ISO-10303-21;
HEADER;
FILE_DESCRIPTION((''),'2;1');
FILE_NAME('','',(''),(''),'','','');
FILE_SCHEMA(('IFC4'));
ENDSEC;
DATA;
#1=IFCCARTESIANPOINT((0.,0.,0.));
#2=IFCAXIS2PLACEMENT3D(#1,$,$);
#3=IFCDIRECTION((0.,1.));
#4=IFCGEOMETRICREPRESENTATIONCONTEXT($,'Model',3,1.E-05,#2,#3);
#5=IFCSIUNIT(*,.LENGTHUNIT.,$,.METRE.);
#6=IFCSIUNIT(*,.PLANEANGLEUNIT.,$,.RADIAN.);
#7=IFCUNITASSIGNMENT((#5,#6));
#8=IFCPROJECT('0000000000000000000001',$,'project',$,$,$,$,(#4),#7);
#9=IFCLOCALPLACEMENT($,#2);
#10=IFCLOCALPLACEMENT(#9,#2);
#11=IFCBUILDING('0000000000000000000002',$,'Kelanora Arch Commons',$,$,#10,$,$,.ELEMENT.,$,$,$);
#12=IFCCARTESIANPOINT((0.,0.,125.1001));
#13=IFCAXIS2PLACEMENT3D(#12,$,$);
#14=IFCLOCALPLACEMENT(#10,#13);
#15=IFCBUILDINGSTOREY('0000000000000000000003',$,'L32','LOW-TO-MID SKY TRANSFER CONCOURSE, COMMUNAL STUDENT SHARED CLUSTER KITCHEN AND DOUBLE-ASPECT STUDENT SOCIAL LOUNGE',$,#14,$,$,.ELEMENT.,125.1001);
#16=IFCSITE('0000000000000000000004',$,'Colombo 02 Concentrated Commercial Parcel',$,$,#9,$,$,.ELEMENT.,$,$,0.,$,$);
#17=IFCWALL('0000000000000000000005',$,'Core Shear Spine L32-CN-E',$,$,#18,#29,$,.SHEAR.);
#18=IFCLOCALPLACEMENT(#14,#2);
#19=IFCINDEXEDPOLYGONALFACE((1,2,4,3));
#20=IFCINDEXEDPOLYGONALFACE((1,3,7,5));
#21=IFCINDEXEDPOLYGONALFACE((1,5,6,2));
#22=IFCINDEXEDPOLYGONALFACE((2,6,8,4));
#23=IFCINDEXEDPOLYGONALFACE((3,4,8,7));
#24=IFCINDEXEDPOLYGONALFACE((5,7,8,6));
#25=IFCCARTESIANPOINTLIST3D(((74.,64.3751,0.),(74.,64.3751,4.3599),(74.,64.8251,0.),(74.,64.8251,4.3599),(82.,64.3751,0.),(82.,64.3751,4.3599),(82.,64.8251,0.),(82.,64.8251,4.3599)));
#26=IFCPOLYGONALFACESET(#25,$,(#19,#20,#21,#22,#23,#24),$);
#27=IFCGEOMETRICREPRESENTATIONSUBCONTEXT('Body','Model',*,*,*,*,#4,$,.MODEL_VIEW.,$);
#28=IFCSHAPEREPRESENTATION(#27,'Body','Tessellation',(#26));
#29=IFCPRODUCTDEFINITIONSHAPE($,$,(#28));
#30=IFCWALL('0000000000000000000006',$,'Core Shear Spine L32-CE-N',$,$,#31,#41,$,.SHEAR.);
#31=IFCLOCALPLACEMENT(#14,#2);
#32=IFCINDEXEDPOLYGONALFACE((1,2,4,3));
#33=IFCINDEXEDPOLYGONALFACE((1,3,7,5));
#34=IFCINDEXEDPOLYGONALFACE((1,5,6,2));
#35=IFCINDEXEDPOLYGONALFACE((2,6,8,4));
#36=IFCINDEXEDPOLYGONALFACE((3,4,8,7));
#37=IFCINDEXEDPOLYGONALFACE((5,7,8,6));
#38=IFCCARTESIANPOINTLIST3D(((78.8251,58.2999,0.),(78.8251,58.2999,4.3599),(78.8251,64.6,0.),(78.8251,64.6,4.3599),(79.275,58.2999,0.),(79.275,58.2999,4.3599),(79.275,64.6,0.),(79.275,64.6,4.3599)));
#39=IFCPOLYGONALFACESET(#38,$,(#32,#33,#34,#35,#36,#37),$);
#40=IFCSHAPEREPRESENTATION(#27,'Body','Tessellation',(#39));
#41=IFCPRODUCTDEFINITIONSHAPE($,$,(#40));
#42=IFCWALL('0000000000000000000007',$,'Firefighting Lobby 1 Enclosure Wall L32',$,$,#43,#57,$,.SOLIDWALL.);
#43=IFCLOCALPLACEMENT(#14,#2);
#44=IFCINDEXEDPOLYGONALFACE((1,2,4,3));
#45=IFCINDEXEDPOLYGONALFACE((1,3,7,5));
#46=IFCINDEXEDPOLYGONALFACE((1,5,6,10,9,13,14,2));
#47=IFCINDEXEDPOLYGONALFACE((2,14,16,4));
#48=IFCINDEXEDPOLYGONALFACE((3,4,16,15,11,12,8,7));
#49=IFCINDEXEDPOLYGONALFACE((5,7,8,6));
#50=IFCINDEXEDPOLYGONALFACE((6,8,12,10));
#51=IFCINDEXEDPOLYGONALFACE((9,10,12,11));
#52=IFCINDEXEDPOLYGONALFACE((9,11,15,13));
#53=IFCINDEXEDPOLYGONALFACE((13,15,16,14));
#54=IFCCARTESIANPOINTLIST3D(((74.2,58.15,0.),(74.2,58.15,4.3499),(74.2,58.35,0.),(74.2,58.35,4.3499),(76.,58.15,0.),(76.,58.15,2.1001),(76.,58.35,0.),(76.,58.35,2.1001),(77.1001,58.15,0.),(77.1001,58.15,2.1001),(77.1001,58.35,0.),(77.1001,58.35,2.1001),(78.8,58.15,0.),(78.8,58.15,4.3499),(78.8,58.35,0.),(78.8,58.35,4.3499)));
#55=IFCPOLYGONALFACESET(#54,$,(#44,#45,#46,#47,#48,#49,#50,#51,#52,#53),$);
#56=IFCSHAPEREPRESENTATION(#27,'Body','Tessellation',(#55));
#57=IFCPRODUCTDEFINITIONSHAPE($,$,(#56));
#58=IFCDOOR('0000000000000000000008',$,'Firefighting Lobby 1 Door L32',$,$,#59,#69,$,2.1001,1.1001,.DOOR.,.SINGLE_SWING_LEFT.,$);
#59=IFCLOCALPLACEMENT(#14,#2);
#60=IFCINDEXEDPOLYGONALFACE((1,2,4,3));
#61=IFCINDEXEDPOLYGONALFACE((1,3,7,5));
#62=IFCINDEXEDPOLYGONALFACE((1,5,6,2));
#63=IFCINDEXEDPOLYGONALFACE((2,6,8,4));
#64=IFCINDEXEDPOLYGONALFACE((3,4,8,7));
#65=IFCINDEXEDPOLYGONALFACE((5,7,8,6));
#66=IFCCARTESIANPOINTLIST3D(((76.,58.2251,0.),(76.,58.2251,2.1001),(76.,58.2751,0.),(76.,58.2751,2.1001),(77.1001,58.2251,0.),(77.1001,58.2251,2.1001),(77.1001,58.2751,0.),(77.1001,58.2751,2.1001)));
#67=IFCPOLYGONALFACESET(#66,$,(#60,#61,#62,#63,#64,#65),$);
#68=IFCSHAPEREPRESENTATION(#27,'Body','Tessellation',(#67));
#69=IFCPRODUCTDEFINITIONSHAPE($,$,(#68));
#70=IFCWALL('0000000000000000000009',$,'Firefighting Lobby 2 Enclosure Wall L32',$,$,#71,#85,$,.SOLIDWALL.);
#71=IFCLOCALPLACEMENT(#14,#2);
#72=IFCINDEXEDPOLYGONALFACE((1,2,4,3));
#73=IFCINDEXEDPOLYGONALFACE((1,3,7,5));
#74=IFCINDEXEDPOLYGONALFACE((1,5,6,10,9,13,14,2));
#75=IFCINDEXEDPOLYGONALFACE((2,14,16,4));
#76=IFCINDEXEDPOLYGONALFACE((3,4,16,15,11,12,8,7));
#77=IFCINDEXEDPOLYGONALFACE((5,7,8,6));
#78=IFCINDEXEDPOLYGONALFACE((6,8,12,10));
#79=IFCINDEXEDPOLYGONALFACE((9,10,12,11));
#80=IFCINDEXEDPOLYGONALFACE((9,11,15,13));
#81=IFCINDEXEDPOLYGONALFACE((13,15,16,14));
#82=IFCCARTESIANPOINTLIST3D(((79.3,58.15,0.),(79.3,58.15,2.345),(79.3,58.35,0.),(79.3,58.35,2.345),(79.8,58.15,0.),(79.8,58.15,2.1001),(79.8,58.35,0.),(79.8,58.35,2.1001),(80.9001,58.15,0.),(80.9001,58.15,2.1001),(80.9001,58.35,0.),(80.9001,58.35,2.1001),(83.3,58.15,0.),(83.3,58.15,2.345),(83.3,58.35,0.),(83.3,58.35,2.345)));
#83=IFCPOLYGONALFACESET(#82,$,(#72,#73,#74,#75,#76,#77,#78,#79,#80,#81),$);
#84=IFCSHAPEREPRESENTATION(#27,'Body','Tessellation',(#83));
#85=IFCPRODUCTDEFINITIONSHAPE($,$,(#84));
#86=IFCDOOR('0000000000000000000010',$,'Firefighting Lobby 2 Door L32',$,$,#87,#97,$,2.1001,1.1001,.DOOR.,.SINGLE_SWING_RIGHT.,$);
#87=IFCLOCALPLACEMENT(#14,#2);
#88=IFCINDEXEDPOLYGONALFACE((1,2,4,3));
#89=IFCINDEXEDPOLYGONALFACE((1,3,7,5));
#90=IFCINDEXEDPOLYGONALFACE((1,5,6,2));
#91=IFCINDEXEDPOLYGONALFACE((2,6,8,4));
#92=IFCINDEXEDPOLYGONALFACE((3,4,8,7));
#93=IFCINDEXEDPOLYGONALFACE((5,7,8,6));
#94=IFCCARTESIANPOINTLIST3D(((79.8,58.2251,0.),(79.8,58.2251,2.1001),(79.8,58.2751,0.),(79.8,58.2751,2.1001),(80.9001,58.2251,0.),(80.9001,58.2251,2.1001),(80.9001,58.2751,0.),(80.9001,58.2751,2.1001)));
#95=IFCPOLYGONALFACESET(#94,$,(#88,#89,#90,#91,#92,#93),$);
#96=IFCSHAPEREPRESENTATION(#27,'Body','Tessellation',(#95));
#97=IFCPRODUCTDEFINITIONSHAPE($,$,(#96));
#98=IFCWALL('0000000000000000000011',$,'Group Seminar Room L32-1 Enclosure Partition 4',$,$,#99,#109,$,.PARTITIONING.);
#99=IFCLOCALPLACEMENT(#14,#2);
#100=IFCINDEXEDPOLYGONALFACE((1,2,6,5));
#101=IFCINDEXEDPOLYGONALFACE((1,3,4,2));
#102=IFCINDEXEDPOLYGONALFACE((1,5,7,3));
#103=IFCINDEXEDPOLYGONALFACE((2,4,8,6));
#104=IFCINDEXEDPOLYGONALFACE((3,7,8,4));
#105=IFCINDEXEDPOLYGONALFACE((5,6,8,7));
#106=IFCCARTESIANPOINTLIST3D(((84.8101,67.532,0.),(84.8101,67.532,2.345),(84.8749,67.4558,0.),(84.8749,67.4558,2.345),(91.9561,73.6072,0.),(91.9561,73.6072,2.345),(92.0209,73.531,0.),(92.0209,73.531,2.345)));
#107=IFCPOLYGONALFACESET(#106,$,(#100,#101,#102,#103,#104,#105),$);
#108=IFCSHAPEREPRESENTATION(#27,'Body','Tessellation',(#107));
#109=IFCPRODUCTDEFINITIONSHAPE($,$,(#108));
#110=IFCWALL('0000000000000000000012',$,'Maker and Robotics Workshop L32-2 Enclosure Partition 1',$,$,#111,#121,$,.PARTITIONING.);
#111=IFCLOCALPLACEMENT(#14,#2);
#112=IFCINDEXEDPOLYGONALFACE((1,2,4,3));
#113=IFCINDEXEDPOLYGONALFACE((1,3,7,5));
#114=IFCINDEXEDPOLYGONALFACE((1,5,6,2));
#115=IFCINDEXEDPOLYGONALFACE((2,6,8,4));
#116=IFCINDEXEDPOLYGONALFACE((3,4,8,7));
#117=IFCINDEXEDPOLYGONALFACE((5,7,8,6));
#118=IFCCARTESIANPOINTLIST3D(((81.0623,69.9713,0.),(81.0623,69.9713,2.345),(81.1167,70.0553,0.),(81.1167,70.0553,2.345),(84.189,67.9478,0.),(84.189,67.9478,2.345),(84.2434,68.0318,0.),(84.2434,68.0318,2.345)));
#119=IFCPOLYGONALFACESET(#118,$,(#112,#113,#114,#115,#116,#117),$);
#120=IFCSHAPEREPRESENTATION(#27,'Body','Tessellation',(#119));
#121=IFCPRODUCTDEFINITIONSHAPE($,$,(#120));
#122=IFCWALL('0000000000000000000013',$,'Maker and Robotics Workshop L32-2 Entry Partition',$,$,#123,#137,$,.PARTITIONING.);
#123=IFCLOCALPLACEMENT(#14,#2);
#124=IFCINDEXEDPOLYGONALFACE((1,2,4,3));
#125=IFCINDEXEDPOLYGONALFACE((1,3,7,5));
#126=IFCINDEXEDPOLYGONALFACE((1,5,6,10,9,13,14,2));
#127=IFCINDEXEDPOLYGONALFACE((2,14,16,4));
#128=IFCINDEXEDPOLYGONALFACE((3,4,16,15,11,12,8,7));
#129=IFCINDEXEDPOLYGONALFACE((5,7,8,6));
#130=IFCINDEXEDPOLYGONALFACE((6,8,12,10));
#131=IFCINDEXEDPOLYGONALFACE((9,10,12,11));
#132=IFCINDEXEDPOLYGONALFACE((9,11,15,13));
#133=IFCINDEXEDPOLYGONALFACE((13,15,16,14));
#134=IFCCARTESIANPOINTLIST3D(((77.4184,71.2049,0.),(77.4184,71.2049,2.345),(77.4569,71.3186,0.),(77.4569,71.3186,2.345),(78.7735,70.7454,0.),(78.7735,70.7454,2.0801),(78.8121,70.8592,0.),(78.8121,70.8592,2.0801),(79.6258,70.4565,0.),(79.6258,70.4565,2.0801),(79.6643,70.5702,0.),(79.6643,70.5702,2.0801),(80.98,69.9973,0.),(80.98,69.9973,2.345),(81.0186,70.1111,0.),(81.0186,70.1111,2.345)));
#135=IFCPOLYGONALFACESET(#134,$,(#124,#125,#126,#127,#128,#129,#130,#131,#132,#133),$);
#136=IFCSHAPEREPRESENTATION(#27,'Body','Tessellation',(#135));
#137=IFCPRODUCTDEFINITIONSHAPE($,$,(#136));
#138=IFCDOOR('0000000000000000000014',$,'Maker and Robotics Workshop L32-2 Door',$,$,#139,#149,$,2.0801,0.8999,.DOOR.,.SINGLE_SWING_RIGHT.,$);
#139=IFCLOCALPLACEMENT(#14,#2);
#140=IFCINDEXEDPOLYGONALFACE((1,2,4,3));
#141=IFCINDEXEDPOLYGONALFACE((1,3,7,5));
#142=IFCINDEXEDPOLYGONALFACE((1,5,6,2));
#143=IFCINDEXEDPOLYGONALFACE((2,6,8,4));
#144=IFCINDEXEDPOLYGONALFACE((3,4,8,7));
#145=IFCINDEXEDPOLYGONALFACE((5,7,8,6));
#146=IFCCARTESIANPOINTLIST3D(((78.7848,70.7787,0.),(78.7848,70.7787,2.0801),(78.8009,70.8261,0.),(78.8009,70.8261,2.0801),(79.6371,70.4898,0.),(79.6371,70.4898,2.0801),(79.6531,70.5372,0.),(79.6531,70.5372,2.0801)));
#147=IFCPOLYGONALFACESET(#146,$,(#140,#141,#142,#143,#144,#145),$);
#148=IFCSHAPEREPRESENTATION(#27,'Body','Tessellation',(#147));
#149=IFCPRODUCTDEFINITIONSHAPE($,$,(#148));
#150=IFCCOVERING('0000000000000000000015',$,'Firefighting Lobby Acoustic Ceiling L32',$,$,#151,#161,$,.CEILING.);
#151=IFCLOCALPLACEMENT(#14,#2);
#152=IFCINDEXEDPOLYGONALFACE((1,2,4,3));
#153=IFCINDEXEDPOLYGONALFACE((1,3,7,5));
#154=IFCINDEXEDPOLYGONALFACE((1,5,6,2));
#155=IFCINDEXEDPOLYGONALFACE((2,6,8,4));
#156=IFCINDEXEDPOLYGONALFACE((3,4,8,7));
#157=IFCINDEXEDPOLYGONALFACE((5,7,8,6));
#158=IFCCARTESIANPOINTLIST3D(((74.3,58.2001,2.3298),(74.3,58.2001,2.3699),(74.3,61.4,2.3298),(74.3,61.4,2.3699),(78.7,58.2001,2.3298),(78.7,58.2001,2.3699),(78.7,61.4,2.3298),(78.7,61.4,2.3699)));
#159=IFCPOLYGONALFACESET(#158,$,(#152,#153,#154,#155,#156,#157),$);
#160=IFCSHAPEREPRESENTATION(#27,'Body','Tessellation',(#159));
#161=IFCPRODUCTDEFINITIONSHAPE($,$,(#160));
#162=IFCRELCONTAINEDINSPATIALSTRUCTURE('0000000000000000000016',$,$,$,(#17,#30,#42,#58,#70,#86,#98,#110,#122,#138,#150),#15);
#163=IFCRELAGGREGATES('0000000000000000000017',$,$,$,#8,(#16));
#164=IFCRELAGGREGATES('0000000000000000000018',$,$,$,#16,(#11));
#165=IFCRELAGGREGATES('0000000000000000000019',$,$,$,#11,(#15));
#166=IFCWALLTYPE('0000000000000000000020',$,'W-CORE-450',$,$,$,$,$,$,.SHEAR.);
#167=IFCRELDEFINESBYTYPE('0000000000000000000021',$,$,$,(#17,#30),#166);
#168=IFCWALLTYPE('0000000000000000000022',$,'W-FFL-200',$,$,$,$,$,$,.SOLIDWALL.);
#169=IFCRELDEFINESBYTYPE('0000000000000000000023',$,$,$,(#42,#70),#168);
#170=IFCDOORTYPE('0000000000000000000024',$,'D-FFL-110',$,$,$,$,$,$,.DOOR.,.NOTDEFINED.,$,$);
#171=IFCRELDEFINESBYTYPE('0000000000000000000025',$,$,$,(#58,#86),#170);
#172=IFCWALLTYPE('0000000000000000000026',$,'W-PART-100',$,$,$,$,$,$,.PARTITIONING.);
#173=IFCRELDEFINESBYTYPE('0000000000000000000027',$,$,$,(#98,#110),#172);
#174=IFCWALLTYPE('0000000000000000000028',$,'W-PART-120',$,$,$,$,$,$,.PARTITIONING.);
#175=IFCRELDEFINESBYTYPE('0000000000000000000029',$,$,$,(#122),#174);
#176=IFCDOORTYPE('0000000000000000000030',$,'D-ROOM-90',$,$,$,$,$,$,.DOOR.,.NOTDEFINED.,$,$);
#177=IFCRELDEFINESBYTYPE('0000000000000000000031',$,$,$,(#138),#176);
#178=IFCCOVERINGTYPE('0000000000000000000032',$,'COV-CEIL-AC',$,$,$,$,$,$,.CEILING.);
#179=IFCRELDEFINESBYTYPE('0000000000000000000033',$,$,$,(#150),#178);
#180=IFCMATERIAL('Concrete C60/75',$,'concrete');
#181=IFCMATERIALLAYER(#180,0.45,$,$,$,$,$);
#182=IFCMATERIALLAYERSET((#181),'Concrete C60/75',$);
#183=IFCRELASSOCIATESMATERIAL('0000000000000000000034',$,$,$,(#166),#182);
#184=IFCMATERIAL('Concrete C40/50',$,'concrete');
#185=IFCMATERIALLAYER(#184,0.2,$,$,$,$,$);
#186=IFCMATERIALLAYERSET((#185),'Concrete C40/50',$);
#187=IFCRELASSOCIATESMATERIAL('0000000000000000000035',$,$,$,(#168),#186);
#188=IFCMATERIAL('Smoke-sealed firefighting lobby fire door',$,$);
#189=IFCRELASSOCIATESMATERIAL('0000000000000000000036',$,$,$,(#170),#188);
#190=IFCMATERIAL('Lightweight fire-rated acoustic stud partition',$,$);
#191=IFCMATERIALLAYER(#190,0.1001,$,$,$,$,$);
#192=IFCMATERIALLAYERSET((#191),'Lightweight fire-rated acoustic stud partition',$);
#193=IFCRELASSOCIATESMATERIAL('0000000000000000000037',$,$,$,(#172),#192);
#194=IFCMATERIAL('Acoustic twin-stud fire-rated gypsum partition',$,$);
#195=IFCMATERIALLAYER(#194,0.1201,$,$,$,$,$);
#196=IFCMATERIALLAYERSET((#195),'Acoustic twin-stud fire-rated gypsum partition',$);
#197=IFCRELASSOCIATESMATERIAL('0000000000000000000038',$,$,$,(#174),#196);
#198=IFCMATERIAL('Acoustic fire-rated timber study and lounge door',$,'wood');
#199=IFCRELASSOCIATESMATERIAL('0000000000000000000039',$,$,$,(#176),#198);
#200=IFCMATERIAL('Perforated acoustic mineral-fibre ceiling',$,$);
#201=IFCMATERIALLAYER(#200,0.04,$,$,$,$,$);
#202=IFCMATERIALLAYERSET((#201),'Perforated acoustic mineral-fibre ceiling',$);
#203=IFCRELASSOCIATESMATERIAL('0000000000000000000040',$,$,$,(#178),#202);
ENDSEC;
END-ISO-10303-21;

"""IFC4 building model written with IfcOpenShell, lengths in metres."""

from ifc_helpers import new_model, si_unit, direction, frame, frame_2d, origin, origin_2d, place, context, subcontext, project, spatial, rectangle, extrude, source, transform, mapped, material, layer, layer_set, type_object, element, fill, save


model = new_model("IFC4")

# Units and contexts
model_context = context("Model", 3, precision=1e-05, world=origin(), true_north=direction((0.0, 1.0)))
body_context = subcontext(model_context, "Body", "Model", "MODEL_VIEW")
ifc_project = project(units=[si_unit("LENGTHUNIT", "METRE"), si_unit("PLANEANGLEUNIT", "RADIAN")], contexts=[model_context])

# Site, building, storey
site_placement = place(None, origin())
site = spatial("IfcSite", under=ifc_project, at=site_placement, Name="Colombo 02 Concentrated Commercial Parcel", CompositionType="ELEMENT", RefElevation=0.0)
building_placement = place(site_placement, origin())
building = spatial("IfcBuilding", under=site, at=building_placement, Name="Kelanora Arch Commons", CompositionType="ELEMENT")
storey_placement = place(building_placement, frame((0.0, 0.0, 125.1001)))
storey = spatial("IfcBuildingStorey", under=building, at=storey_placement, Name="L32", Description="LOW-TO-MID SKY TRANSFER CONCOURSE, COMMUNAL STUDENT SHARED CLUSTER KITCHEN AND DOUBLE-ASPECT STUDENT SOCIAL LOUNGE", CompositionType="ELEMENT", Elevation=125.1001)

# Shared definitions
ifc_material_1 = material(Name="Concrete C60/75", Category="concrete")

# Walls
ifc_layer_1 = layer(ifc_material_1, 0.45)
ifc_layer_set_1 = layer_set([ifc_layer_1], Name="Concrete C60/75")
wall_type_1 = type_object("IfcWallType", Name="W-CORE-450", PredefinedType="SHEAR", material=ifc_layer_set_1)
wall_1_placement = place(storey_placement, frame((74.0, 64.6001, 0.0), z_axis=(0.0, 0.0, 1.0), x_axis=(1.0, 0.0, 0.0)))
element("IfcWall", 1, at=wall_1_placement, inside=storey, type_object=wall_type_1, Name="Core Shear Spine L32-CN-E", PredefinedType="SHEAR", context=body_context, shape_type="SweptSolid", body=[
    extrude(rectangle(XDim=8.0, YDim=0.45, at=frame_2d((4.0, 0.0))), origin(), (0.0, 0.0, 1.0), 4.3599),
])
wall_2_placement = place(storey_placement, frame((79.05, 58.3, 0.0), z_axis=(0.0, 0.0, 1.0), x_axis=(0.0, 1.0, 0.0)))
element("IfcWall", 2, at=wall_2_placement, inside=storey, type_object=wall_type_1, Name="Core Shear Spine L32-CE-N", PredefinedType="SHEAR", context=body_context, shape_type="SweptSolid", body=[
    extrude(rectangle(XDim=6.3, YDim=0.45, at=frame_2d((3.1499, 0.0))), origin(), (0.0, 0.0, 1.0), 4.3599),
])

# Walls, openings, doors
ifc_material_2 = material(Name="Concrete C40/50", Category="concrete")
ifc_layer_2 = layer(ifc_material_2, 0.2)
ifc_layer_set_2 = layer_set([ifc_layer_2], Name="Concrete C40/50")
wall_type_2 = type_object("IfcWallType", Name="W-FFL-200", PredefinedType="SOLIDWALL", material=ifc_layer_set_2)
wall_3_placement = place(storey_placement, frame((74.2, 58.25, 0.0), z_axis=(0.0, 0.0, 1.0), x_axis=(1.0, 0.0, 0.0)))
wall_3 = element("IfcWall", 3, at=wall_3_placement, inside=storey, type_object=wall_type_2, Name="Firefighting Lobby 1 Enclosure Wall L32", PredefinedType="SOLIDWALL", context=body_context, shape_type="SweptSolid", body=[
    extrude(rectangle(XDim=4.6001, YDim=0.2, at=frame_2d((2.3, 0.0))), origin(), (0.0, 0.0, 1.0), 4.3499),
])
opening_1_placement = place(wall_3_placement, frame((1.8, 0.0, 0.0)))
opening_1 = element("IfcOpeningElement", 4, at=opening_1_placement, cuts=wall_3, PredefinedType="OPENING", context=body_context, shape_type="SweptSolid", body=[
    extrude(rectangle(XDim=1.1001, YDim=2.1001, at=frame_2d((0.55, 1.05))), frame((0.0, 0.1099, 0.0), z_axis=(0.0, -1.0, 0.0), x_axis=(1.0, 0.0, 0.0)), (0.0, 0.0, 1.0), 0.22),
])
ifc_material_3 = material(Name="Smoke-sealed firefighting lobby fire door")
door_type_1 = type_object("IfcDoorType", Name="D-FFL-110", OperationType="NOTDEFINED", PredefinedType="DOOR", material=ifc_material_3)
door_1_placement = place(opening_1_placement, frame((1.1001, 0.0, 0.0), z_axis=(0.0, 0.0, 1.0), x_axis=(-1.0, 0.0, 0.0)))
door_1 = element("IfcDoor", 5, at=door_1_placement, inside=storey, type_object=door_type_1, Name="Firefighting Lobby 1 Door L32", OperationType="SINGLE_SWING_LEFT", OverallHeight=2.1001, OverallWidth=1.1001, PredefinedType="DOOR", context=body_context, shape_type="SweptSolid", body=[
    extrude(rectangle(XDim=1.1001, YDim=2.1001, at=frame_2d((0.55, 1.05))), frame((0.0, 0.0249, 0.0), z_axis=(0.0, -1.0, 0.0), x_axis=(1.0, 0.0, 0.0)), (0.0, 0.0, 1.0), 0.05),
])
fill(opening_1, door_1)
wall_4_placement = place(storey_placement, frame((79.3, 58.25, 0.0), z_axis=(0.0, 0.0, 1.0), x_axis=(1.0, 0.0, 0.0)))
wall_4 = element("IfcWall", 6, at=wall_4_placement, inside=storey, type_object=wall_type_2, Name="Firefighting Lobby 2 Enclosure Wall L32", PredefinedType="SOLIDWALL", context=body_context, shape_type="SweptSolid", body=[
    extrude(rectangle(XDim=4.0, YDim=0.2, at=frame_2d((2.0, 0.0))), origin(), (0.0, 0.0, 1.0), 2.345),
])
opening_2_placement = place(wall_4_placement, frame((0.5, 0.0, 0.0)))
opening_2 = element("IfcOpeningElement", 7, at=opening_2_placement, cuts=wall_4, PredefinedType="OPENING", context=body_context, shape_type="SweptSolid", body=[
    extrude(rectangle(XDim=1.1001, YDim=2.1001, at=frame_2d((0.55, 1.05))), frame((0.0, 0.1099, 0.0), z_axis=(0.0, -1.0, 0.0), x_axis=(1.0, 0.0, 0.0)), (0.0, 0.0, 1.0), 0.22),
])
door_2_placement = place(opening_2_placement, frame((1.1001, 0.0, 0.0), z_axis=(0.0, 0.0, 1.0), x_axis=(-1.0, 0.0, 0.0)))
door_2 = element("IfcDoor", 8, at=door_2_placement, inside=storey, type_object=door_type_1, Name="Firefighting Lobby 2 Door L32", OperationType="SINGLE_SWING_RIGHT", OverallHeight=2.1001, OverallWidth=1.1001, PredefinedType="DOOR", context=body_context, shape_type="SweptSolid", body=[
    extrude(rectangle(XDim=1.1001, YDim=2.1001, at=frame_2d((0.55, 1.05))), frame((0.0, 0.0249, 0.0), z_axis=(0.0, -1.0, 0.0), x_axis=(1.0, 0.0, 0.0)), (0.0, 0.0, 1.0), 0.05),
])
fill(opening_2, door_2)

# Walls
ifc_material_4 = material(Name="Lightweight fire-rated acoustic stud partition")
ifc_layer_3 = layer(ifc_material_4, 0.1001)
ifc_layer_set_3 = layer_set([ifc_layer_3], Name="Lightweight fire-rated acoustic stud partition")
wall_type_3 = type_object("IfcWallType", Name="W-PART-100", PredefinedType="PARTITIONING", material=ifc_layer_set_3)
wall_5_placement = place(storey_placement, frame((84.8425, 67.4939, 0.0), z_axis=(0.0, 0.0, 1.0), x_axis=(0.761882, 0.647716, 0.0)))
element("IfcWall", 9, at=wall_5_placement, inside=storey, type_object=wall_type_3, Name="Group Seminar Room L32-1 Enclosure Partition 4", PredefinedType="PARTITIONING", context=body_context, shape_type="SweptSolid", body=[
    extrude(rectangle(XDim=9.3794, YDim=0.1001, at=frame_2d((4.6897, 0.0))), origin(), (0.0, 0.0, 1.0), 2.345),
])
wall_6_placement = place(storey_placement, frame((84.2163, 67.9897, 0.0), z_axis=(0.0, 0.0, 1.0), x_axis=(-0.839537, 0.543303, 0.0)))
element("IfcWall", 10, at=wall_6_placement, inside=storey, type_object=wall_type_3, Name="Maker and Robotics Workshop L32-2 Enclosure Partition 1", PredefinedType="PARTITIONING", context=body_context, shape_type="SweptSolid", body=[
    extrude(rectangle(XDim=3.7244, YDim=0.1001, at=frame_2d((1.8623, 0.0))), origin(), (0.0, 0.0, 1.0), 2.345),
])

# Wall, opening, door
ifc_material_5 = material(Name="Acoustic twin-stud fire-rated gypsum partition")
ifc_layer_4 = layer(ifc_material_5, 0.1201)
ifc_layer_set_4 = layer_set([ifc_layer_4], Name="Acoustic twin-stud fire-rated gypsum partition")
wall_type_4 = type_object("IfcWallType", Name="W-PART-120", PredefinedType="PARTITIONING", material=ifc_layer_set_4)
wall_7_placement = place(storey_placement, frame((80.9993, 70.0542, 0.0), z_axis=(0.0, 0.0, 1.0), x_axis=(-0.947048, 0.321093, 0.0)))
wall_7 = element("IfcWall", 11, at=wall_7_placement, inside=storey, type_object=wall_type_4, Name="Maker and Robotics Workshop L32-2 Entry Partition", PredefinedType="PARTITIONING", context=body_context, shape_type="SweptSolid", body=[
    extrude(rectangle(XDim=3.7607, YDim=0.1201, at=frame_2d((1.8804, 0.0))), origin(), (0.0, 0.0, 1.0), 2.345),
])
opening_3_placement = place(wall_7_placement, frame((1.4299, 0.0, 0.0)))
opening_3 = element("IfcOpeningElement", 12, at=opening_3_placement, cuts=wall_7, PredefinedType="OPENING", context=body_context, shape_type="SweptSolid", body=[
    extrude(rectangle(XDim=0.8999, YDim=2.0801, at=frame_2d((0.45, 1.04))), frame((0.0, 0.0701, 0.0), z_axis=(0.0, -1.0, 0.0), x_axis=(1.0, 0.0, 0.0)), (0.0, 0.0, 1.0), 0.1401),
])
ifc_material_6 = material(Name="Acoustic fire-rated timber study and lounge door", Category="wood")
door_type_2 = type_object("IfcDoorType", Name="D-ROOM-90", OperationType="NOTDEFINED", PredefinedType="DOOR", material=ifc_material_6)
door_3_placement = place(opening_3_placement, origin())
door_3 = element("IfcDoor", 13, at=door_3_placement, inside=storey, type_object=door_type_2, Name="Maker and Robotics Workshop L32-2 Door", OperationType="SINGLE_SWING_RIGHT", OverallHeight=2.0801, OverallWidth=0.8999, PredefinedType="DOOR", context=body_context, shape_type="SweptSolid", body=[
    extrude(rectangle(XDim=0.8999, YDim=2.0801, at=frame_2d((0.45, 1.04))), frame((0.0, 0.0249, 0.0), z_axis=(0.0, -1.0, 0.0), x_axis=(1.0, 0.0, 0.0)), (0.0, 0.0, 1.0), 0.05),
])
fill(opening_3, door_3)

# Covering
ifc_material_7 = material(Name="Perforated acoustic mineral-fibre ceiling")
ifc_layer_5 = layer(ifc_material_7, 0.04)
ifc_layer_set_5 = layer_set([ifc_layer_5], Name="Perforated acoustic mineral-fibre ceiling")
covering_type = type_object("IfcCoveringType", Name="COV-CEIL-AC", PredefinedType="CEILING", material=ifc_layer_set_5)
shared_shape = source(origin(), body_context, "Body", "SweptSolid", [
    extrude(rectangle(XDim=4.3999, YDim=3.2, at=origin_2d()), origin(), (0.0, 0.0, 1.0), 0.04),
])
covering_placement = place(storey_placement, frame((76.5, 59.8, 2.3298), z_axis=(0.0, 0.0, 1.0), x_axis=(1.0, 0.0, 0.0)))
element("IfcCovering", 14, at=covering_placement, inside=storey, type_object=covering_type, Name="Firefighting Lobby Acoustic Ceiling L32", PredefinedType="CEILING", context=body_context, shape_type="MappedRepresentation", body=[
    mapped(shared_shape, transform((0.0, 0.0, 0.0), scale=1.0)),
])

save(model, "model.ifc")
